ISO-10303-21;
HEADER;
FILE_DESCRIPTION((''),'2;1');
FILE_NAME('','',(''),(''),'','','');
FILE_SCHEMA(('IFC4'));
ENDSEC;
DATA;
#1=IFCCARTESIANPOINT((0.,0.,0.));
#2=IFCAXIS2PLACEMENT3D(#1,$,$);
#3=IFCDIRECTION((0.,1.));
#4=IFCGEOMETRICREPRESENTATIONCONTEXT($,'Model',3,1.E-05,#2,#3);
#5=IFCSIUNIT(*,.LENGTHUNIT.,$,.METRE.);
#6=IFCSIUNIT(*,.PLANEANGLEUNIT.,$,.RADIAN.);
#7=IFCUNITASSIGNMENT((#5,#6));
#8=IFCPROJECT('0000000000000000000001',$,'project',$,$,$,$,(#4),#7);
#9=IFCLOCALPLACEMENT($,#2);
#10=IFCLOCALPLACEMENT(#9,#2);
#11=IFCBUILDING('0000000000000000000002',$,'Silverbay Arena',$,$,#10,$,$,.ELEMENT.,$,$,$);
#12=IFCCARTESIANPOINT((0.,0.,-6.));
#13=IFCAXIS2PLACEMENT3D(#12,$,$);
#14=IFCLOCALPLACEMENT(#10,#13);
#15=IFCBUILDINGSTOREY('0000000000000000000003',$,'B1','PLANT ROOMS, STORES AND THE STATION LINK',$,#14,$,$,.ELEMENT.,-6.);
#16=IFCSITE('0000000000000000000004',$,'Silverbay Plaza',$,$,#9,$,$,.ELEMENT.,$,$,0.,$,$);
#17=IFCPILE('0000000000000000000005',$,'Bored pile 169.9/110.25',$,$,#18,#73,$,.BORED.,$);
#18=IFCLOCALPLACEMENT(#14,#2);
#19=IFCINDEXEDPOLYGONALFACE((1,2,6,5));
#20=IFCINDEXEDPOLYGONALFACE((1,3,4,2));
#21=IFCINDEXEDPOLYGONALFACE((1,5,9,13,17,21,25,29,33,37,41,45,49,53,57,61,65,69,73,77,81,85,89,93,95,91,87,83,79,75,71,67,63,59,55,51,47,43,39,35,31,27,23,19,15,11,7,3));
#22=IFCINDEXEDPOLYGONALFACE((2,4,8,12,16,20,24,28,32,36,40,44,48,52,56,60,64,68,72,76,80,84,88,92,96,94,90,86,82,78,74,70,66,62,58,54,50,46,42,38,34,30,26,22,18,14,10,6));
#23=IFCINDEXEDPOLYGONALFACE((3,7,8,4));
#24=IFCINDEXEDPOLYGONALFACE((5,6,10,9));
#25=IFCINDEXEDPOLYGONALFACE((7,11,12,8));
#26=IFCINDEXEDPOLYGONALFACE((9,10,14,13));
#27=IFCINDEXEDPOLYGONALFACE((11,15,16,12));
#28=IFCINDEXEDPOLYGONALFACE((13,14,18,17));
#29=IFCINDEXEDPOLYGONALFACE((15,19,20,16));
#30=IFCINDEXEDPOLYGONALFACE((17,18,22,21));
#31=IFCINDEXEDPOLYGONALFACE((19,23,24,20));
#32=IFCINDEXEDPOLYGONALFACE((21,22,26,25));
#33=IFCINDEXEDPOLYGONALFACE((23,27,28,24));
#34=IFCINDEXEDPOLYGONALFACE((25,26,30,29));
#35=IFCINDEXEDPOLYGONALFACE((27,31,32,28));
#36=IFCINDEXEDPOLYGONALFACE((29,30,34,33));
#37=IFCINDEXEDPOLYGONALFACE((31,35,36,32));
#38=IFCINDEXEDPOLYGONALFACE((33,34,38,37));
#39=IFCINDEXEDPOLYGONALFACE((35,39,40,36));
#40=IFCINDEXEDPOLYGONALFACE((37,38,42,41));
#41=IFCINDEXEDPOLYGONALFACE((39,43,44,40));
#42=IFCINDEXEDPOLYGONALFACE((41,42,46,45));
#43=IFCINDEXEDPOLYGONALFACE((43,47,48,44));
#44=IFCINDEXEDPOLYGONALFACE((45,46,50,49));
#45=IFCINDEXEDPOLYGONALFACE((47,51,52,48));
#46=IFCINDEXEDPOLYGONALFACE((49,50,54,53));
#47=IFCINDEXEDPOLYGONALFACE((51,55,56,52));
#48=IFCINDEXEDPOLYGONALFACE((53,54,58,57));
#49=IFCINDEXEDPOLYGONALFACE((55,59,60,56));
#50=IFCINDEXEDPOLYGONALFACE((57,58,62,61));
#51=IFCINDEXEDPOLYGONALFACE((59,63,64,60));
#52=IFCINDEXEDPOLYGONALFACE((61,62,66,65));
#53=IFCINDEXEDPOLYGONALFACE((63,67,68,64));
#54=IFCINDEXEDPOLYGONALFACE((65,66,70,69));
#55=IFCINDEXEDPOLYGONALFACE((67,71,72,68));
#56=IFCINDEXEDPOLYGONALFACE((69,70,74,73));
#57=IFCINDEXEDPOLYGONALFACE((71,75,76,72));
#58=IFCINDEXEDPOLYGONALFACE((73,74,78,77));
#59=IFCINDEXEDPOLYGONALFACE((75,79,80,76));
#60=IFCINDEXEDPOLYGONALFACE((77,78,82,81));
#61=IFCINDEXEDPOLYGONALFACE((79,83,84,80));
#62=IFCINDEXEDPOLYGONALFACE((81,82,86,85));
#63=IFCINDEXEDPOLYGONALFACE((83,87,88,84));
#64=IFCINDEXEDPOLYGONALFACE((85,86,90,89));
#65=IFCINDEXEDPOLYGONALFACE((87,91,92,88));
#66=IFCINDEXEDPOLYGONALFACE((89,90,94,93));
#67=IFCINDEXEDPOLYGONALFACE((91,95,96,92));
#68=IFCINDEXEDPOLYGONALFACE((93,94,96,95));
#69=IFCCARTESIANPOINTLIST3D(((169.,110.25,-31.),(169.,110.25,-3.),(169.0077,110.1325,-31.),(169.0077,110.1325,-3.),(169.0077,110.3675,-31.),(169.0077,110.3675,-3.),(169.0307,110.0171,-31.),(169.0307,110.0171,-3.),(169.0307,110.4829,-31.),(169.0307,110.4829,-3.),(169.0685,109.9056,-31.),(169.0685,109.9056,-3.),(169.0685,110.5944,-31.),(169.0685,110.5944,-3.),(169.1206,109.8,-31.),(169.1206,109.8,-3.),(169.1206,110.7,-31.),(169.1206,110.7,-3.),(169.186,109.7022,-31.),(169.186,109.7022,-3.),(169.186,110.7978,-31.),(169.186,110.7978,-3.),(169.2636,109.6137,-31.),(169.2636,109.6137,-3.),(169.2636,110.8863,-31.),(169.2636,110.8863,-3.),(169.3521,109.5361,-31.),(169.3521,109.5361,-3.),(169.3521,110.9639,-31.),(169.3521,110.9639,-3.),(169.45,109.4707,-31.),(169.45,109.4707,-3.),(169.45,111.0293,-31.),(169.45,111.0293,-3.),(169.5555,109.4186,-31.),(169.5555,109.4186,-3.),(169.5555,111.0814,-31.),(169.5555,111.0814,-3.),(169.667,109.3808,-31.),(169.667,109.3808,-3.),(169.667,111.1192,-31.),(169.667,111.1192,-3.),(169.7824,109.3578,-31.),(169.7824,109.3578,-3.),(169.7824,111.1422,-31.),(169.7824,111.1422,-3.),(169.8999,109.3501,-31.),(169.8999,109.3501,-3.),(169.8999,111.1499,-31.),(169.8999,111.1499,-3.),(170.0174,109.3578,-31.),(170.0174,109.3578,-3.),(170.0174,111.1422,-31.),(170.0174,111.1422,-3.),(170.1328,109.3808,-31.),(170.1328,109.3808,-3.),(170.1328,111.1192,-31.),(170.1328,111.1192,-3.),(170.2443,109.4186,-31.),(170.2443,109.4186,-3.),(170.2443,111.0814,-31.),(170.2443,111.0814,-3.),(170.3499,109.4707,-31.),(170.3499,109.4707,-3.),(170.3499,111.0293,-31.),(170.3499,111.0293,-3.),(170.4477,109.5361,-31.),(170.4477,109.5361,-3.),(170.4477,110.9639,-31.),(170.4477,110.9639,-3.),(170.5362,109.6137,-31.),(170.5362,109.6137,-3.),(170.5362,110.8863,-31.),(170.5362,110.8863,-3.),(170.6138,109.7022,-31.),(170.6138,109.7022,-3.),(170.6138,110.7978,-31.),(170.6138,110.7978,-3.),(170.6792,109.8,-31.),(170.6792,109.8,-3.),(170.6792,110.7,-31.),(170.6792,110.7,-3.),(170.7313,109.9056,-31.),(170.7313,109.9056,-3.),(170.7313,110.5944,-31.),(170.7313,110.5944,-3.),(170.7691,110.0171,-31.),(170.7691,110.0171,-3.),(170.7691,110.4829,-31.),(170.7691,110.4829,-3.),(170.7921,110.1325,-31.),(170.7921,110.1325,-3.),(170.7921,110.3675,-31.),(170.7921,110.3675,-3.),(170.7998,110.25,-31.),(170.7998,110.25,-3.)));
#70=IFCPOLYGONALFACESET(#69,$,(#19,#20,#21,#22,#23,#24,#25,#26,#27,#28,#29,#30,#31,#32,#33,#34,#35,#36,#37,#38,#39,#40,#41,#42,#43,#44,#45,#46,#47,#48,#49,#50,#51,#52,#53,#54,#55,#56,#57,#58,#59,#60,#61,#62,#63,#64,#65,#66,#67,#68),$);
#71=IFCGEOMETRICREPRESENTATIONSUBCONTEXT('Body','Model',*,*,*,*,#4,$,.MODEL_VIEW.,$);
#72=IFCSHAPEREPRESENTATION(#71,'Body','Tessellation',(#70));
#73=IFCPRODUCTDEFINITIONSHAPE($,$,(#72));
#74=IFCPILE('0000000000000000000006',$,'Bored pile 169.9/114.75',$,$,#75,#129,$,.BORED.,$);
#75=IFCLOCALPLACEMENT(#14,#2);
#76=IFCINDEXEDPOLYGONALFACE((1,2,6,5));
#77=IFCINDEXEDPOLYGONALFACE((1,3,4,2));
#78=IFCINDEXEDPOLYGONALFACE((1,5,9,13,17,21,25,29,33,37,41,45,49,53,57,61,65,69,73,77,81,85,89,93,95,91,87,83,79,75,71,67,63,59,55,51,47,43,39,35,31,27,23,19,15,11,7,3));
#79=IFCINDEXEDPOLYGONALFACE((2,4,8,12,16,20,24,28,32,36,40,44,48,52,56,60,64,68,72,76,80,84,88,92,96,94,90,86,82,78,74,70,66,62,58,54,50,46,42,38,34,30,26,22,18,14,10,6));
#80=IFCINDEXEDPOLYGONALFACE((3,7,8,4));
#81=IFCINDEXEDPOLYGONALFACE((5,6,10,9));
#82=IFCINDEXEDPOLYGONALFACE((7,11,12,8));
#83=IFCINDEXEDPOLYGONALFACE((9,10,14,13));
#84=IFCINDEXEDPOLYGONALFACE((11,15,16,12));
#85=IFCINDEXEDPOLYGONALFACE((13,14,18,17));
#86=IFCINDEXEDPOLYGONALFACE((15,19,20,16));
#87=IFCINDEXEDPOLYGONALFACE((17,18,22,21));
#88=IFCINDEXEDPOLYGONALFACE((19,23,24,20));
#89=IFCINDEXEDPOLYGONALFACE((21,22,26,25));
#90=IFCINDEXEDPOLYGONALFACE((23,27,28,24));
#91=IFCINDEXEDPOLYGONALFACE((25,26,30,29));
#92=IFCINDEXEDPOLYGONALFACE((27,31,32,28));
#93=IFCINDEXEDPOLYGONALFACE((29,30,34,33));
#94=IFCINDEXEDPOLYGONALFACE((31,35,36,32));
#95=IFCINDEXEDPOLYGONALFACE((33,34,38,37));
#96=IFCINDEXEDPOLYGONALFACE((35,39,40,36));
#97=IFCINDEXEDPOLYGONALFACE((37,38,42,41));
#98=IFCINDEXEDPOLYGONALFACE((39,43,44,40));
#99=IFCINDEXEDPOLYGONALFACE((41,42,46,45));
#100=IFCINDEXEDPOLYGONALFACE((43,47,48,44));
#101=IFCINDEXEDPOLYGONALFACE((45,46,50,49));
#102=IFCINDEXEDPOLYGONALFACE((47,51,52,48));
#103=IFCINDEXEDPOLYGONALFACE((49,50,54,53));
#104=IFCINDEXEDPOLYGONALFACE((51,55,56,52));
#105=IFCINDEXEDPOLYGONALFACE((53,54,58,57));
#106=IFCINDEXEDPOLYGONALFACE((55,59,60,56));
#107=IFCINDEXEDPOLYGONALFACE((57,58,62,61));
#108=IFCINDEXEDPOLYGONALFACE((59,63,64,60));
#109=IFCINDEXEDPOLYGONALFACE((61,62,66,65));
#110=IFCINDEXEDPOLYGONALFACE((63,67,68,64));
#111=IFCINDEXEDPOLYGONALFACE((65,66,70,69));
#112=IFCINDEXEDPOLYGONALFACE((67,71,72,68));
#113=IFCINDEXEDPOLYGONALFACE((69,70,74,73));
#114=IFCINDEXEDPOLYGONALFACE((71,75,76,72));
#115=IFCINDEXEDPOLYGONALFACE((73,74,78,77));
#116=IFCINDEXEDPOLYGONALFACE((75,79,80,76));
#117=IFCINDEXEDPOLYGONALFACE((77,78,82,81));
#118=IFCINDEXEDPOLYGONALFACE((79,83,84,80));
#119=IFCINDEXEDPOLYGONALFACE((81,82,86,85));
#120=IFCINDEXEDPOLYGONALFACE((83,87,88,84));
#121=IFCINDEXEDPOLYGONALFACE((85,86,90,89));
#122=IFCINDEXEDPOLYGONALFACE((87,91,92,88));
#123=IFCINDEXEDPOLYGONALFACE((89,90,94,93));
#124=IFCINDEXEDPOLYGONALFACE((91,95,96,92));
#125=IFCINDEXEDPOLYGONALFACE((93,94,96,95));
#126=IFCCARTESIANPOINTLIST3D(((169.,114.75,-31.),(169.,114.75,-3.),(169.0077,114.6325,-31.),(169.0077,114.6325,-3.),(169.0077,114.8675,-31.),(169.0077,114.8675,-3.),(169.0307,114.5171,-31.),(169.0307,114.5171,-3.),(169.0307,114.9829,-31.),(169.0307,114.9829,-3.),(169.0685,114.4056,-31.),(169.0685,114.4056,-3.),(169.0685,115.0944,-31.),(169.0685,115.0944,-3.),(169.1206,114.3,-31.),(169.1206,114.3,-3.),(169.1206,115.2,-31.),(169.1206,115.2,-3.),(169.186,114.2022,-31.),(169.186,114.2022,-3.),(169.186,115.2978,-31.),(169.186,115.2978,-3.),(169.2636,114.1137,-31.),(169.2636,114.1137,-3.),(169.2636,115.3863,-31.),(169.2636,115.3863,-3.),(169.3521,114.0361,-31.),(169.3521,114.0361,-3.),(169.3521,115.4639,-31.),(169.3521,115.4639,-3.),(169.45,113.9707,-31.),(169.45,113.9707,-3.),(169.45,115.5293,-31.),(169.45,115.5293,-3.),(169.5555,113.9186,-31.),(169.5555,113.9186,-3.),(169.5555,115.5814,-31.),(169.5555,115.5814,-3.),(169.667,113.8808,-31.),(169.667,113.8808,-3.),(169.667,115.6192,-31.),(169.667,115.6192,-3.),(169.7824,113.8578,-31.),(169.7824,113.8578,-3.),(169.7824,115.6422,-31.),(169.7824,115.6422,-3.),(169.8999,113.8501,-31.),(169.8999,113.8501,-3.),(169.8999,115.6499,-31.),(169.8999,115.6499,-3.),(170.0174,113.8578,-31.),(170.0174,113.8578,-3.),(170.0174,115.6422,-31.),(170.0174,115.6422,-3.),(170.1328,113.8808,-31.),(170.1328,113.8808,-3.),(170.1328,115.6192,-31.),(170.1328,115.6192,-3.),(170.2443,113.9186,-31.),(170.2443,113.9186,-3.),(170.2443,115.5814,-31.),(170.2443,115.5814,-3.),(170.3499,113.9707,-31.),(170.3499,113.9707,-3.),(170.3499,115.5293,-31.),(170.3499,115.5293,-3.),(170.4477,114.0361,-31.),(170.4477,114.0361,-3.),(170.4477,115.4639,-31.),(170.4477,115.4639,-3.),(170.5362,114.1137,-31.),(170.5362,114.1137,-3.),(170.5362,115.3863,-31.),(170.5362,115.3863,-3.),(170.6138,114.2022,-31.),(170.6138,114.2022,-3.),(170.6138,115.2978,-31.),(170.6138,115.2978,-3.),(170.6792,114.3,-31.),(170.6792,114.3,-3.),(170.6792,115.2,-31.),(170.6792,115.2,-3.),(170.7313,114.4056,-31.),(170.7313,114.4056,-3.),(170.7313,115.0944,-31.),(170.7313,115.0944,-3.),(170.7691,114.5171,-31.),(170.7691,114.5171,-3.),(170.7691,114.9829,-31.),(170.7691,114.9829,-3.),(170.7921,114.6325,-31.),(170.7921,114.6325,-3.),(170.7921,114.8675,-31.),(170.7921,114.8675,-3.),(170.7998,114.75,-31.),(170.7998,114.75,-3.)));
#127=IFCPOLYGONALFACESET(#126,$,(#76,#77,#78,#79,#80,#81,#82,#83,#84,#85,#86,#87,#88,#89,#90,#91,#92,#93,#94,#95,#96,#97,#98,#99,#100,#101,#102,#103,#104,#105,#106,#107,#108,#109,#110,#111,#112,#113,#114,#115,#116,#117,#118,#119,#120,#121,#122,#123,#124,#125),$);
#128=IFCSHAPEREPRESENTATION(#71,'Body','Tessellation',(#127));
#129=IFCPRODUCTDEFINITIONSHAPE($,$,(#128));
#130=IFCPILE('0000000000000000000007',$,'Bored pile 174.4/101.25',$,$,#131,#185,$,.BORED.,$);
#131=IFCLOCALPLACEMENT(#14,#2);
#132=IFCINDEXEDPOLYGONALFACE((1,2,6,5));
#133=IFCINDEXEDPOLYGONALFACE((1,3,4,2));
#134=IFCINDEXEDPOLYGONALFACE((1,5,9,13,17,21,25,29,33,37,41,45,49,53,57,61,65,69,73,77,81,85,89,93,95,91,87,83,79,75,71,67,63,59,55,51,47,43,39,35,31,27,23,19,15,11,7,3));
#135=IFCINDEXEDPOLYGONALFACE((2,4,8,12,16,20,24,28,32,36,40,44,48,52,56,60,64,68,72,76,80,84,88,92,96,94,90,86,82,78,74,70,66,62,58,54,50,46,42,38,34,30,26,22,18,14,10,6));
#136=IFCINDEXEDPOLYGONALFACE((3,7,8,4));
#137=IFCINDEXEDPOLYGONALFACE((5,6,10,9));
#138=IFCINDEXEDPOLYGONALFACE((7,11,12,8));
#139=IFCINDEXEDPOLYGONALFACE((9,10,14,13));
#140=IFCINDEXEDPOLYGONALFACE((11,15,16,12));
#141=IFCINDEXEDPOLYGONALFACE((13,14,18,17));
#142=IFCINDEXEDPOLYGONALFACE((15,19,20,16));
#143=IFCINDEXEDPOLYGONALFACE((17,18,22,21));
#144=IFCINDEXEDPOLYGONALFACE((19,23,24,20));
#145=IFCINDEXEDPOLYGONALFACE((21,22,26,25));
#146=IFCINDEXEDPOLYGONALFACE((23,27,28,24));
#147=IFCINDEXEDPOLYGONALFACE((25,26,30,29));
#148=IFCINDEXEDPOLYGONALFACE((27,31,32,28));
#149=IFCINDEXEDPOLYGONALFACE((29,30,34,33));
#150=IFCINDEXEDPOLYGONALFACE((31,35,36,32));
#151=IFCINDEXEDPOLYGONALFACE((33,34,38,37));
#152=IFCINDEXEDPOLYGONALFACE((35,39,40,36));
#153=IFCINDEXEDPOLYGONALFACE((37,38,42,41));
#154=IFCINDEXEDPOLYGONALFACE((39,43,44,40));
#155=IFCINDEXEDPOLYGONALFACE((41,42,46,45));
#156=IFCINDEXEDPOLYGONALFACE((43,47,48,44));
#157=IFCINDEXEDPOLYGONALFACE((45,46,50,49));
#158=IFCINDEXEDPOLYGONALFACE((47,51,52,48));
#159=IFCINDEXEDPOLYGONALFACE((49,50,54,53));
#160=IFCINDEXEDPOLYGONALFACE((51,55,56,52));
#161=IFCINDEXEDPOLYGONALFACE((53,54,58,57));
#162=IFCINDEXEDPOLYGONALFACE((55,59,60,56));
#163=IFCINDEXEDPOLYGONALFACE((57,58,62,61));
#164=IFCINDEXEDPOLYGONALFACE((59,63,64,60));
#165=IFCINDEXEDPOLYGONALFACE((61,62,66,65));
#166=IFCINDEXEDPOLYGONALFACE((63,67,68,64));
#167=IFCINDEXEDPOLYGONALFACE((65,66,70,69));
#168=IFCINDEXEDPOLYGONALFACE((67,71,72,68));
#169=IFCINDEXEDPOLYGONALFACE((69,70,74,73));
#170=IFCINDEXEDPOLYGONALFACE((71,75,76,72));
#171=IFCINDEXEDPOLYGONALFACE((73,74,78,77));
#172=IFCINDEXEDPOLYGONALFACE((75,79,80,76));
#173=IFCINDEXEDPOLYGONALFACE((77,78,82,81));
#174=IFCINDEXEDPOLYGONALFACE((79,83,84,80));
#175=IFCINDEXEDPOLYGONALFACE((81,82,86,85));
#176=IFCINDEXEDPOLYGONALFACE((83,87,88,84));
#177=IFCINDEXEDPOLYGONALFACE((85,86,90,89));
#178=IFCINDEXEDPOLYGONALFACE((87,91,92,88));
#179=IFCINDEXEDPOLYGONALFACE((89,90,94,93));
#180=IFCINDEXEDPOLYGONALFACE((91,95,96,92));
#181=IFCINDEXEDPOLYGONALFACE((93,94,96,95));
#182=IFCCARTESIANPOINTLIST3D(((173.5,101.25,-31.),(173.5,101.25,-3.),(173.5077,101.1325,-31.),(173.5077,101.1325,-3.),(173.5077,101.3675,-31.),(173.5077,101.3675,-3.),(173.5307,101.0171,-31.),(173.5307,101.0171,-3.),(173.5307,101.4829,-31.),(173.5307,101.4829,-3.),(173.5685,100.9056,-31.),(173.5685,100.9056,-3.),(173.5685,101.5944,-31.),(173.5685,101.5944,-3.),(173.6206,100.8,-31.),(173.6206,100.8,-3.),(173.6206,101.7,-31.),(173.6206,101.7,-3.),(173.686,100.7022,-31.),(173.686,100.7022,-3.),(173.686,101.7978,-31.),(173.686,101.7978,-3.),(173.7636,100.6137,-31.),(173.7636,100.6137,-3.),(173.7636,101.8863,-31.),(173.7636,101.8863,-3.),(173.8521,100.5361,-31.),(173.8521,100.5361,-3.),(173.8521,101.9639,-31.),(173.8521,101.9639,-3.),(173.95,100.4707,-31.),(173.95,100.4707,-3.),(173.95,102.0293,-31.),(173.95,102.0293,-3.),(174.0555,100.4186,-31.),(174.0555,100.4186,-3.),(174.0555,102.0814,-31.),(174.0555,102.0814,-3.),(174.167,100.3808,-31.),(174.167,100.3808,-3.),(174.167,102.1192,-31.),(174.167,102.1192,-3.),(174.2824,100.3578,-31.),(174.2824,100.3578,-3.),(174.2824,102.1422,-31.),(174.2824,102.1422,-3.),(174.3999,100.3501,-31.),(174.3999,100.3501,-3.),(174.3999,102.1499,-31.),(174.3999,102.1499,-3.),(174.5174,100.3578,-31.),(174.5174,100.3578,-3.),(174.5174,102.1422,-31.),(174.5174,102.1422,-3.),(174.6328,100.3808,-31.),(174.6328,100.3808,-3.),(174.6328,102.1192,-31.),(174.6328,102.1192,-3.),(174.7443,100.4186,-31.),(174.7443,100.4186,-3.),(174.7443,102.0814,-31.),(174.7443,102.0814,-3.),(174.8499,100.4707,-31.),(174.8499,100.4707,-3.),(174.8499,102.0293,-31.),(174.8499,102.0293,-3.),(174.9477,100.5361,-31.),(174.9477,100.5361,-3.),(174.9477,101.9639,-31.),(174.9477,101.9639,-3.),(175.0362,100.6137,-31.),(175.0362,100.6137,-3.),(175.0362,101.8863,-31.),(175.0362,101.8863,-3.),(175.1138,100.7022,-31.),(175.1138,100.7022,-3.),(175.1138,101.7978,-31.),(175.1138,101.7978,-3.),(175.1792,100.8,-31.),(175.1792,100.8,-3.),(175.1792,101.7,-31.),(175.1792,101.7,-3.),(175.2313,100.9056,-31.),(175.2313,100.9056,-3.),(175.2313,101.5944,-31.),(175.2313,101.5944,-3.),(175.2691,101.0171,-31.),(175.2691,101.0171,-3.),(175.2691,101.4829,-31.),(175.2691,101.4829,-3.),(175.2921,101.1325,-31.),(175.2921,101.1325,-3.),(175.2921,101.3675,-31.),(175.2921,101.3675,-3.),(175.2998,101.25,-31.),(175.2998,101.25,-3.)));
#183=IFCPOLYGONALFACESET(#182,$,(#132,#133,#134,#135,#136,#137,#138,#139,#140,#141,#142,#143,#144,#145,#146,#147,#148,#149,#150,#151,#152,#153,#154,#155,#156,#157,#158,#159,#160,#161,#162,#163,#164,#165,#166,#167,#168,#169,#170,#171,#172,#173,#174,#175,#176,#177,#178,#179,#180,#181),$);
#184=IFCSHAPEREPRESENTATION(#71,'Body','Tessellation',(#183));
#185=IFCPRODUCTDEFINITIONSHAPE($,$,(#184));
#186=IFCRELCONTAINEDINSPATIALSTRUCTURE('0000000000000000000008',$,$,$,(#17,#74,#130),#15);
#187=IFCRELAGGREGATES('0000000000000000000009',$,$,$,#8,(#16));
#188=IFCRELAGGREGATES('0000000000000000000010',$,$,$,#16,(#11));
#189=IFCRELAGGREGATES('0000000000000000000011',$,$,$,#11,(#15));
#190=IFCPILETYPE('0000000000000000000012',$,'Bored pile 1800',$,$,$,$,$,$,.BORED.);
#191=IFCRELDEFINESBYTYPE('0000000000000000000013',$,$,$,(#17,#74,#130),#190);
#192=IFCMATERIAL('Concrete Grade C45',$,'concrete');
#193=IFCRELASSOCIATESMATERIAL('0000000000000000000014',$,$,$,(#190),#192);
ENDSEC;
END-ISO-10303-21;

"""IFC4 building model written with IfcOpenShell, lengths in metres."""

from ifc_helpers import new_model, si_unit, direction, frame, origin, origin_2d, place, context, subcontext, project, spatial, circle, extrude, material, material_profile, profile_set, type_object, element, save


model = new_model("IFC4")

# Units and contexts
model_context = context("Model", 3, precision=1e-05, world=origin(), true_north=direction((0.0, 1.0)))
body_context = subcontext(model_context, "Body", "Model", "MODEL_VIEW")
ifc_project = project(units=[si_unit("LENGTHUNIT", "METRE"), si_unit("PLANEANGLEUNIT", "RADIAN")], contexts=[model_context])

# Site, building, storey
site_placement = place(None, origin())
site = spatial("IfcSite", under=ifc_project, at=site_placement, Name="Silverbay Plaza", CompositionType="ELEMENT", RefElevation=0.0)
building_placement = place(site_placement, origin())
building = spatial("IfcBuilding", under=site, at=building_placement, Name="Silverbay Arena", CompositionType="ELEMENT")
storey_placement = place(building_placement, frame((0.0, 0.0, -6.0)))
storey = spatial("IfcBuildingStorey", under=building, at=storey_placement, Name="B1", Description="PLANT ROOMS, STORES AND THE STATION LINK", CompositionType="ELEMENT", Elevation=-6.0)

# Piles
ifc_material_1 = material(Name="Concrete Grade C45", Category="concrete")
ifc_material_profile_1 = material_profile(ifc_material_1, circle(Radius=0.8999, at=origin_2d()), Name="Bored pile 1800")
ifc_profile_set_1 = profile_set([ifc_material_profile_1], Name="Concrete Grade C45")
pile_type = type_object("IfcPileType", Name="Bored pile 1800", PredefinedType="BORED", material=ifc_profile_set_1)
for number, where, z_axis, x_axis, name in (
    (1, (169.8999, 110.25, -3.0), (0.0, 0.0, -1.0), (1.0, 0.0, 0.0), "Bored pile 169.9/110.25"),
    (2, (169.8999, 114.75, -3.0), (0.0, 0.0, -1.0), (1.0, 0.0, 0.0), "Bored pile 169.9/114.75"),
    (3, (174.3999, 101.25, -3.0), (0.0, 0.0, -1.0), (1.0, 0.0, 0.0), "Bored pile 174.4/101.25"),
):
    element("IfcPile", number, at=place(storey_placement, frame(where, z_axis=z_axis, x_axis=x_axis)), inside=storey, type_object=pile_type, Name=name, PredefinedType="BORED", context=body_context, shape_type="SweptSolid", body=[
        extrude(circle(Radius=0.8999, at=origin_2d()), origin(), (0.0, 0.0, 1.0), 28.0),
    ])

save(model, "model.ifc")
